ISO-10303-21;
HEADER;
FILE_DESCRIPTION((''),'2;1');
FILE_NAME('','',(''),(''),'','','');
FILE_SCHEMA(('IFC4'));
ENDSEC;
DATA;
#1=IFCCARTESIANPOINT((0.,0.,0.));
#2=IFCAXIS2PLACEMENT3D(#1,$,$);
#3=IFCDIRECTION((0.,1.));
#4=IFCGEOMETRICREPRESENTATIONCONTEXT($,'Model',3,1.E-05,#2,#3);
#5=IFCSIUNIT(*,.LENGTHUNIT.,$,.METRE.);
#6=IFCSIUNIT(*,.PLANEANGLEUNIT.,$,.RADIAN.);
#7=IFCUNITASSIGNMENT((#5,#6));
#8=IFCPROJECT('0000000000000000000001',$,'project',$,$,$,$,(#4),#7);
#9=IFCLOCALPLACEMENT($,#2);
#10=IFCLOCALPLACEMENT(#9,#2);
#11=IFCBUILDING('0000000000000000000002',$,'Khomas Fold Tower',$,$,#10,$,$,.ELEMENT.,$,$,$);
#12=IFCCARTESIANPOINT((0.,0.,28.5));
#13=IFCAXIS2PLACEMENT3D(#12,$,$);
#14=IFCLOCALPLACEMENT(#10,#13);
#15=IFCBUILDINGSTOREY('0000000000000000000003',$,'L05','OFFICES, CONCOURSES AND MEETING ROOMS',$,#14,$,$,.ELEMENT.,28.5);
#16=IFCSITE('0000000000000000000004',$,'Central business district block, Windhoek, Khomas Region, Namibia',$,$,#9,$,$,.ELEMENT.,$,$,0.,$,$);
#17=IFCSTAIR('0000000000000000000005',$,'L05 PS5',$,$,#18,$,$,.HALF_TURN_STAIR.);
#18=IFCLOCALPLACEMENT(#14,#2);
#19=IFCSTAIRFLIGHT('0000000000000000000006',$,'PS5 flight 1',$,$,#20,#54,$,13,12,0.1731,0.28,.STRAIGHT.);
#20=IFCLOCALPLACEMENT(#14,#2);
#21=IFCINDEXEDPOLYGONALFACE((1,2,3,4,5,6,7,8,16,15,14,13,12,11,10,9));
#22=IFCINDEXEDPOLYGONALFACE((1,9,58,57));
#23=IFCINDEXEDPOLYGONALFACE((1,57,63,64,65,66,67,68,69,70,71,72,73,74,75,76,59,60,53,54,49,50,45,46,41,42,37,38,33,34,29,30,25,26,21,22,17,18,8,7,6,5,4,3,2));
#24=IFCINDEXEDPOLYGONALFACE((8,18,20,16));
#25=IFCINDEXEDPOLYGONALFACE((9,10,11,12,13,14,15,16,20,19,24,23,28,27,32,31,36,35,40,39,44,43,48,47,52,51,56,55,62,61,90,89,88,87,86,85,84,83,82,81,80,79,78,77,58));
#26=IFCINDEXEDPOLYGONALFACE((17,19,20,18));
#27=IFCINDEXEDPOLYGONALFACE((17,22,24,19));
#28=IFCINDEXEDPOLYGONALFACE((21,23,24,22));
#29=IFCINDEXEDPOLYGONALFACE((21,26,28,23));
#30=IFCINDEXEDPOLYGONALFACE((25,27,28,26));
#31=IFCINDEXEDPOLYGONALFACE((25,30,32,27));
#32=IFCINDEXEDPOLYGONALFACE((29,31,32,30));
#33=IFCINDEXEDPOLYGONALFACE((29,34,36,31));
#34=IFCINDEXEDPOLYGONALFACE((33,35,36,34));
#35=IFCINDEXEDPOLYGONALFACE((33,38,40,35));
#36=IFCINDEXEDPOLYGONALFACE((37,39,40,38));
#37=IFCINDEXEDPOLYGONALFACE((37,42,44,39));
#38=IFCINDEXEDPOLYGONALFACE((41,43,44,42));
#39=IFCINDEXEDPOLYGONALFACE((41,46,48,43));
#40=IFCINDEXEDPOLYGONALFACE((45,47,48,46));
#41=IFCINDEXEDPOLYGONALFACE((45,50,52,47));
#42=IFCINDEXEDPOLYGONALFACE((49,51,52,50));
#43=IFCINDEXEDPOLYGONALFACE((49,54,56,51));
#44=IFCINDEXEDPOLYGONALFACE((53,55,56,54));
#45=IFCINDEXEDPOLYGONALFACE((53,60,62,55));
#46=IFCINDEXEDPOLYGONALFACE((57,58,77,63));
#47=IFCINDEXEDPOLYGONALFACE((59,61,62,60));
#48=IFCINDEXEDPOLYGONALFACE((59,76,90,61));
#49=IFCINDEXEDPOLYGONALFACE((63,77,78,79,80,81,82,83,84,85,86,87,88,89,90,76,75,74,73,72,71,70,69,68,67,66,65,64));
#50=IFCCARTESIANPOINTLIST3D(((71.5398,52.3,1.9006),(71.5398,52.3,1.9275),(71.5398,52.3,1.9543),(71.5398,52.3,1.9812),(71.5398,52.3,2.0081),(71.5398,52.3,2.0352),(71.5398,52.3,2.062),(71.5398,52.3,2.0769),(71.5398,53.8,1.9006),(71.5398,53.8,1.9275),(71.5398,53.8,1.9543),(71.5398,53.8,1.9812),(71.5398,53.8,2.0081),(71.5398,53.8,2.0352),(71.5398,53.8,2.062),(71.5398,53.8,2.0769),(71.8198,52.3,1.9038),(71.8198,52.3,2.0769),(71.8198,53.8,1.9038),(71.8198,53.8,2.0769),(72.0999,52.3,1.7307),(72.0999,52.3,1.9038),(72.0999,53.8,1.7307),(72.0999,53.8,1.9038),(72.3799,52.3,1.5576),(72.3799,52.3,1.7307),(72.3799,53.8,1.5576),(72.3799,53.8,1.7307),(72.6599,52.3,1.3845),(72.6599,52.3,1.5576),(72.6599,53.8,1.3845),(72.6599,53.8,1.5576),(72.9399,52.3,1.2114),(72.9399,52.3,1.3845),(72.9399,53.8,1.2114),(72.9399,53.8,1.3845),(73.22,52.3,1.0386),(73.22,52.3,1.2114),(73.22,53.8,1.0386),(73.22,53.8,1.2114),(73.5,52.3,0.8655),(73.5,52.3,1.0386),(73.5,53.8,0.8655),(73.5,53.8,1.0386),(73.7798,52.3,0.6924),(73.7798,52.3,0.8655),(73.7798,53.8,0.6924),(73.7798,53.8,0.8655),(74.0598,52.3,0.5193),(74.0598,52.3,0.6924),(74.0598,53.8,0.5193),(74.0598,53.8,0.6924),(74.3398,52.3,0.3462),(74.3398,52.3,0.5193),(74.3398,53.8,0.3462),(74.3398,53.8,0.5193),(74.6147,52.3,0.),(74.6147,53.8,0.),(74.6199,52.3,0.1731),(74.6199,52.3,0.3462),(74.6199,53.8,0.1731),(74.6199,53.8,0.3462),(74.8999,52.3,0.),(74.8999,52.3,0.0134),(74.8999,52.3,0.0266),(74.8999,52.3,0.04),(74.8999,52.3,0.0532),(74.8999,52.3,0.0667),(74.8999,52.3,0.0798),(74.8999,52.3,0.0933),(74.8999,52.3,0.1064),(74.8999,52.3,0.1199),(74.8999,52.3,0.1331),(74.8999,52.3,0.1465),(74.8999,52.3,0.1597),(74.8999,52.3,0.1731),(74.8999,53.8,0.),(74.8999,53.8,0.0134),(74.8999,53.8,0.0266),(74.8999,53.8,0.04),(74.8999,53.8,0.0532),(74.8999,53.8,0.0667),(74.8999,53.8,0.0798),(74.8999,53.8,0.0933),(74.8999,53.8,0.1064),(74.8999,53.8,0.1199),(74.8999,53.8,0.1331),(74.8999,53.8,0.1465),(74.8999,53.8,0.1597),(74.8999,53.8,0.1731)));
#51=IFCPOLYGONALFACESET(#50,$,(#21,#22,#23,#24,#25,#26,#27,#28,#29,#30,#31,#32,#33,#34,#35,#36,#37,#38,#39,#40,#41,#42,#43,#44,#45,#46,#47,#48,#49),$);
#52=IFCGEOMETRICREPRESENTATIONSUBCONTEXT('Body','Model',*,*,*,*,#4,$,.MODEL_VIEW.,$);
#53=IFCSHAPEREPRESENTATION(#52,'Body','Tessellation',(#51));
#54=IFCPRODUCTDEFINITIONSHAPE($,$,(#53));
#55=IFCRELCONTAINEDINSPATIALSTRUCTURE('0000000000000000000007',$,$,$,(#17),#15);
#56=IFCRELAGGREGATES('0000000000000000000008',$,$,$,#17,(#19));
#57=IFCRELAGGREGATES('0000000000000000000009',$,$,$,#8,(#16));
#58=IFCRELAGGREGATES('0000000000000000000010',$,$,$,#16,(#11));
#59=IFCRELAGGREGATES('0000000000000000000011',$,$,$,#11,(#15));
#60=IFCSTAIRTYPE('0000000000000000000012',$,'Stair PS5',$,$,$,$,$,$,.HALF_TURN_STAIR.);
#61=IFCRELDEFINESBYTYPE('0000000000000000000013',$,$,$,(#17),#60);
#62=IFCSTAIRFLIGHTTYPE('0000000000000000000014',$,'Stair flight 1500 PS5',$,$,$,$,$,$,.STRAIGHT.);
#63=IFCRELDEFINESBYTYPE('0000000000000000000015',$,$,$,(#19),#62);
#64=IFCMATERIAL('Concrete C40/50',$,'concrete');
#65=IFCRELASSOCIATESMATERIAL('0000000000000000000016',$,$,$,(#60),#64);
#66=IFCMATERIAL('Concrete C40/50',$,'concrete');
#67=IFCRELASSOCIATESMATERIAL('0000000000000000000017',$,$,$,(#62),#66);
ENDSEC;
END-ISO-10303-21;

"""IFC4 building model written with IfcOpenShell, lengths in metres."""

from ifc_helpers import new_model, si_unit, direction, frame, origin, place, context, subcontext, project, spatial, polyline, outline, extrude, source, transform, mapped, material, type_object, element, aggregate, save


model = new_model("IFC4")

# Units and contexts
model_context = context("Model", 3, precision=1e-05, world=origin(), true_north=direction((0.0, 1.0)))
body_context = subcontext(model_context, "Body", "Model", "MODEL_VIEW")
ifc_project = project(units=[si_unit("LENGTHUNIT", "METRE"), si_unit("PLANEANGLEUNIT", "RADIAN")], contexts=[model_context])

# Site, building, storey
site_placement = place(None, origin())
site = spatial("IfcSite", under=ifc_project, at=site_placement, Name="Central business district block, Windhoek, Khomas Region, Namibia", CompositionType="ELEMENT", RefElevation=0.0)
building_placement = place(site_placement, origin())
building = spatial("IfcBuilding", under=site, at=building_placement, Name="Khomas Fold Tower", CompositionType="ELEMENT")
storey_placement = place(building_placement, frame((0.0, 0.0, 28.5)))
storey = spatial("IfcBuildingStorey", under=building, at=storey_placement, Name="L05", Description="OFFICES, CONCOURSES AND MEETING ROOMS", CompositionType="ELEMENT", Elevation=28.5)

# Stair, stair flight
ifc_material_1 = material(Name="Concrete C40/50", Category="concrete")
stair_type = type_object("IfcStairType", Name="Stair PS5", PredefinedType="HALF_TURN_STAIR", material=ifc_material_1)
stair_placement = place(storey_placement, origin())
stair = element("IfcStair", 1, at=stair_placement, inside=storey, type_object=stair_type, Name="L05 PS5", PredefinedType="HALF_TURN_STAIR")
ifc_material_2 = material(Name="Concrete C40/50", Category="concrete")
stair_flight_type = type_object("IfcStairFlightType", Name="Stair flight 1500 PS5", PredefinedType="STRAIGHT", material=ifc_material_2)
shared_shape_1 = source(origin(), body_context, "Body", "SweptSolid", [
    extrude(outline(polyline([(0.0, 0.0), (0.0, 0.0134), (0.0, 0.0266), (0.0, 0.04), (0.0, 0.0532), (0.0, 0.0667), (0.0, 0.0798), (0.0, 0.0933), (0.0, 0.1064), (0.0, 0.1199), (0.0, 0.1331), (0.0, 0.1465), (0.0, 0.1597), (0.0, 0.1731), (0.28, 0.1731), (0.28, 0.3462), (0.5601, 0.3462), (0.5601, 0.5193), (0.8401, 0.5193), (0.8401, 0.6924), (1.1201, 0.6924), (1.1201, 0.8655), (1.3999, 0.8655), (1.3999, 1.0386), (1.6799, 1.0386), (1.6799, 1.2114), (1.96, 1.2114), (1.96, 1.3845), (2.24, 1.3845), (2.24, 1.5576), (2.52, 1.5576), (2.52, 1.7307), (2.8, 1.7307), (2.8, 1.9038), (3.0801, 1.9038), (3.0801, 2.0769), (3.3601, 2.0769), (3.3601, 2.25), (3.3601, 2.2231), (3.3601, 2.1963), (3.3601, 2.1694), (3.3601, 2.1426), (3.3601, 2.1157), (3.3601, 2.0889), (3.3601, 2.062), (3.3601, 2.0352), (3.3601, 2.0081), (3.3601, 1.9812), (3.3601, 1.9543), (3.3601, 1.9275), (3.3601, 1.9006), (0.2852, 0.0), (0.0, 0.0)])), frame((0.0, 0.75, 0.0), z_axis=(0.0, -1.0, 0.0), x_axis=(1.0, 0.0, 0.0)), (0.0, 0.0, 1.0), 1.5),
])
stair_flight_placement = place(storey_placement, frame((74.8999, 53.05, 0.0), z_axis=(0.0, 0.0, 1.0), x_axis=(-1.0, 0.0, 0.0)))
stair_flight = element("IfcStairFlight", 2, at=stair_flight_placement, type_object=stair_flight_type, Name="PS5 flight 1", NumberOfRisers=13, NumberOfTreads=12, PredefinedType="STRAIGHT", RiserHeight=0.1731, TreadLength=0.28, context=body_context, shape_type="MappedRepresentation", body=[
    mapped(shared_shape_1, transform((0.0, 0.0, 0.0))),
])
aggregate(stair, [stair_flight])

save(model, "model.ifc")
